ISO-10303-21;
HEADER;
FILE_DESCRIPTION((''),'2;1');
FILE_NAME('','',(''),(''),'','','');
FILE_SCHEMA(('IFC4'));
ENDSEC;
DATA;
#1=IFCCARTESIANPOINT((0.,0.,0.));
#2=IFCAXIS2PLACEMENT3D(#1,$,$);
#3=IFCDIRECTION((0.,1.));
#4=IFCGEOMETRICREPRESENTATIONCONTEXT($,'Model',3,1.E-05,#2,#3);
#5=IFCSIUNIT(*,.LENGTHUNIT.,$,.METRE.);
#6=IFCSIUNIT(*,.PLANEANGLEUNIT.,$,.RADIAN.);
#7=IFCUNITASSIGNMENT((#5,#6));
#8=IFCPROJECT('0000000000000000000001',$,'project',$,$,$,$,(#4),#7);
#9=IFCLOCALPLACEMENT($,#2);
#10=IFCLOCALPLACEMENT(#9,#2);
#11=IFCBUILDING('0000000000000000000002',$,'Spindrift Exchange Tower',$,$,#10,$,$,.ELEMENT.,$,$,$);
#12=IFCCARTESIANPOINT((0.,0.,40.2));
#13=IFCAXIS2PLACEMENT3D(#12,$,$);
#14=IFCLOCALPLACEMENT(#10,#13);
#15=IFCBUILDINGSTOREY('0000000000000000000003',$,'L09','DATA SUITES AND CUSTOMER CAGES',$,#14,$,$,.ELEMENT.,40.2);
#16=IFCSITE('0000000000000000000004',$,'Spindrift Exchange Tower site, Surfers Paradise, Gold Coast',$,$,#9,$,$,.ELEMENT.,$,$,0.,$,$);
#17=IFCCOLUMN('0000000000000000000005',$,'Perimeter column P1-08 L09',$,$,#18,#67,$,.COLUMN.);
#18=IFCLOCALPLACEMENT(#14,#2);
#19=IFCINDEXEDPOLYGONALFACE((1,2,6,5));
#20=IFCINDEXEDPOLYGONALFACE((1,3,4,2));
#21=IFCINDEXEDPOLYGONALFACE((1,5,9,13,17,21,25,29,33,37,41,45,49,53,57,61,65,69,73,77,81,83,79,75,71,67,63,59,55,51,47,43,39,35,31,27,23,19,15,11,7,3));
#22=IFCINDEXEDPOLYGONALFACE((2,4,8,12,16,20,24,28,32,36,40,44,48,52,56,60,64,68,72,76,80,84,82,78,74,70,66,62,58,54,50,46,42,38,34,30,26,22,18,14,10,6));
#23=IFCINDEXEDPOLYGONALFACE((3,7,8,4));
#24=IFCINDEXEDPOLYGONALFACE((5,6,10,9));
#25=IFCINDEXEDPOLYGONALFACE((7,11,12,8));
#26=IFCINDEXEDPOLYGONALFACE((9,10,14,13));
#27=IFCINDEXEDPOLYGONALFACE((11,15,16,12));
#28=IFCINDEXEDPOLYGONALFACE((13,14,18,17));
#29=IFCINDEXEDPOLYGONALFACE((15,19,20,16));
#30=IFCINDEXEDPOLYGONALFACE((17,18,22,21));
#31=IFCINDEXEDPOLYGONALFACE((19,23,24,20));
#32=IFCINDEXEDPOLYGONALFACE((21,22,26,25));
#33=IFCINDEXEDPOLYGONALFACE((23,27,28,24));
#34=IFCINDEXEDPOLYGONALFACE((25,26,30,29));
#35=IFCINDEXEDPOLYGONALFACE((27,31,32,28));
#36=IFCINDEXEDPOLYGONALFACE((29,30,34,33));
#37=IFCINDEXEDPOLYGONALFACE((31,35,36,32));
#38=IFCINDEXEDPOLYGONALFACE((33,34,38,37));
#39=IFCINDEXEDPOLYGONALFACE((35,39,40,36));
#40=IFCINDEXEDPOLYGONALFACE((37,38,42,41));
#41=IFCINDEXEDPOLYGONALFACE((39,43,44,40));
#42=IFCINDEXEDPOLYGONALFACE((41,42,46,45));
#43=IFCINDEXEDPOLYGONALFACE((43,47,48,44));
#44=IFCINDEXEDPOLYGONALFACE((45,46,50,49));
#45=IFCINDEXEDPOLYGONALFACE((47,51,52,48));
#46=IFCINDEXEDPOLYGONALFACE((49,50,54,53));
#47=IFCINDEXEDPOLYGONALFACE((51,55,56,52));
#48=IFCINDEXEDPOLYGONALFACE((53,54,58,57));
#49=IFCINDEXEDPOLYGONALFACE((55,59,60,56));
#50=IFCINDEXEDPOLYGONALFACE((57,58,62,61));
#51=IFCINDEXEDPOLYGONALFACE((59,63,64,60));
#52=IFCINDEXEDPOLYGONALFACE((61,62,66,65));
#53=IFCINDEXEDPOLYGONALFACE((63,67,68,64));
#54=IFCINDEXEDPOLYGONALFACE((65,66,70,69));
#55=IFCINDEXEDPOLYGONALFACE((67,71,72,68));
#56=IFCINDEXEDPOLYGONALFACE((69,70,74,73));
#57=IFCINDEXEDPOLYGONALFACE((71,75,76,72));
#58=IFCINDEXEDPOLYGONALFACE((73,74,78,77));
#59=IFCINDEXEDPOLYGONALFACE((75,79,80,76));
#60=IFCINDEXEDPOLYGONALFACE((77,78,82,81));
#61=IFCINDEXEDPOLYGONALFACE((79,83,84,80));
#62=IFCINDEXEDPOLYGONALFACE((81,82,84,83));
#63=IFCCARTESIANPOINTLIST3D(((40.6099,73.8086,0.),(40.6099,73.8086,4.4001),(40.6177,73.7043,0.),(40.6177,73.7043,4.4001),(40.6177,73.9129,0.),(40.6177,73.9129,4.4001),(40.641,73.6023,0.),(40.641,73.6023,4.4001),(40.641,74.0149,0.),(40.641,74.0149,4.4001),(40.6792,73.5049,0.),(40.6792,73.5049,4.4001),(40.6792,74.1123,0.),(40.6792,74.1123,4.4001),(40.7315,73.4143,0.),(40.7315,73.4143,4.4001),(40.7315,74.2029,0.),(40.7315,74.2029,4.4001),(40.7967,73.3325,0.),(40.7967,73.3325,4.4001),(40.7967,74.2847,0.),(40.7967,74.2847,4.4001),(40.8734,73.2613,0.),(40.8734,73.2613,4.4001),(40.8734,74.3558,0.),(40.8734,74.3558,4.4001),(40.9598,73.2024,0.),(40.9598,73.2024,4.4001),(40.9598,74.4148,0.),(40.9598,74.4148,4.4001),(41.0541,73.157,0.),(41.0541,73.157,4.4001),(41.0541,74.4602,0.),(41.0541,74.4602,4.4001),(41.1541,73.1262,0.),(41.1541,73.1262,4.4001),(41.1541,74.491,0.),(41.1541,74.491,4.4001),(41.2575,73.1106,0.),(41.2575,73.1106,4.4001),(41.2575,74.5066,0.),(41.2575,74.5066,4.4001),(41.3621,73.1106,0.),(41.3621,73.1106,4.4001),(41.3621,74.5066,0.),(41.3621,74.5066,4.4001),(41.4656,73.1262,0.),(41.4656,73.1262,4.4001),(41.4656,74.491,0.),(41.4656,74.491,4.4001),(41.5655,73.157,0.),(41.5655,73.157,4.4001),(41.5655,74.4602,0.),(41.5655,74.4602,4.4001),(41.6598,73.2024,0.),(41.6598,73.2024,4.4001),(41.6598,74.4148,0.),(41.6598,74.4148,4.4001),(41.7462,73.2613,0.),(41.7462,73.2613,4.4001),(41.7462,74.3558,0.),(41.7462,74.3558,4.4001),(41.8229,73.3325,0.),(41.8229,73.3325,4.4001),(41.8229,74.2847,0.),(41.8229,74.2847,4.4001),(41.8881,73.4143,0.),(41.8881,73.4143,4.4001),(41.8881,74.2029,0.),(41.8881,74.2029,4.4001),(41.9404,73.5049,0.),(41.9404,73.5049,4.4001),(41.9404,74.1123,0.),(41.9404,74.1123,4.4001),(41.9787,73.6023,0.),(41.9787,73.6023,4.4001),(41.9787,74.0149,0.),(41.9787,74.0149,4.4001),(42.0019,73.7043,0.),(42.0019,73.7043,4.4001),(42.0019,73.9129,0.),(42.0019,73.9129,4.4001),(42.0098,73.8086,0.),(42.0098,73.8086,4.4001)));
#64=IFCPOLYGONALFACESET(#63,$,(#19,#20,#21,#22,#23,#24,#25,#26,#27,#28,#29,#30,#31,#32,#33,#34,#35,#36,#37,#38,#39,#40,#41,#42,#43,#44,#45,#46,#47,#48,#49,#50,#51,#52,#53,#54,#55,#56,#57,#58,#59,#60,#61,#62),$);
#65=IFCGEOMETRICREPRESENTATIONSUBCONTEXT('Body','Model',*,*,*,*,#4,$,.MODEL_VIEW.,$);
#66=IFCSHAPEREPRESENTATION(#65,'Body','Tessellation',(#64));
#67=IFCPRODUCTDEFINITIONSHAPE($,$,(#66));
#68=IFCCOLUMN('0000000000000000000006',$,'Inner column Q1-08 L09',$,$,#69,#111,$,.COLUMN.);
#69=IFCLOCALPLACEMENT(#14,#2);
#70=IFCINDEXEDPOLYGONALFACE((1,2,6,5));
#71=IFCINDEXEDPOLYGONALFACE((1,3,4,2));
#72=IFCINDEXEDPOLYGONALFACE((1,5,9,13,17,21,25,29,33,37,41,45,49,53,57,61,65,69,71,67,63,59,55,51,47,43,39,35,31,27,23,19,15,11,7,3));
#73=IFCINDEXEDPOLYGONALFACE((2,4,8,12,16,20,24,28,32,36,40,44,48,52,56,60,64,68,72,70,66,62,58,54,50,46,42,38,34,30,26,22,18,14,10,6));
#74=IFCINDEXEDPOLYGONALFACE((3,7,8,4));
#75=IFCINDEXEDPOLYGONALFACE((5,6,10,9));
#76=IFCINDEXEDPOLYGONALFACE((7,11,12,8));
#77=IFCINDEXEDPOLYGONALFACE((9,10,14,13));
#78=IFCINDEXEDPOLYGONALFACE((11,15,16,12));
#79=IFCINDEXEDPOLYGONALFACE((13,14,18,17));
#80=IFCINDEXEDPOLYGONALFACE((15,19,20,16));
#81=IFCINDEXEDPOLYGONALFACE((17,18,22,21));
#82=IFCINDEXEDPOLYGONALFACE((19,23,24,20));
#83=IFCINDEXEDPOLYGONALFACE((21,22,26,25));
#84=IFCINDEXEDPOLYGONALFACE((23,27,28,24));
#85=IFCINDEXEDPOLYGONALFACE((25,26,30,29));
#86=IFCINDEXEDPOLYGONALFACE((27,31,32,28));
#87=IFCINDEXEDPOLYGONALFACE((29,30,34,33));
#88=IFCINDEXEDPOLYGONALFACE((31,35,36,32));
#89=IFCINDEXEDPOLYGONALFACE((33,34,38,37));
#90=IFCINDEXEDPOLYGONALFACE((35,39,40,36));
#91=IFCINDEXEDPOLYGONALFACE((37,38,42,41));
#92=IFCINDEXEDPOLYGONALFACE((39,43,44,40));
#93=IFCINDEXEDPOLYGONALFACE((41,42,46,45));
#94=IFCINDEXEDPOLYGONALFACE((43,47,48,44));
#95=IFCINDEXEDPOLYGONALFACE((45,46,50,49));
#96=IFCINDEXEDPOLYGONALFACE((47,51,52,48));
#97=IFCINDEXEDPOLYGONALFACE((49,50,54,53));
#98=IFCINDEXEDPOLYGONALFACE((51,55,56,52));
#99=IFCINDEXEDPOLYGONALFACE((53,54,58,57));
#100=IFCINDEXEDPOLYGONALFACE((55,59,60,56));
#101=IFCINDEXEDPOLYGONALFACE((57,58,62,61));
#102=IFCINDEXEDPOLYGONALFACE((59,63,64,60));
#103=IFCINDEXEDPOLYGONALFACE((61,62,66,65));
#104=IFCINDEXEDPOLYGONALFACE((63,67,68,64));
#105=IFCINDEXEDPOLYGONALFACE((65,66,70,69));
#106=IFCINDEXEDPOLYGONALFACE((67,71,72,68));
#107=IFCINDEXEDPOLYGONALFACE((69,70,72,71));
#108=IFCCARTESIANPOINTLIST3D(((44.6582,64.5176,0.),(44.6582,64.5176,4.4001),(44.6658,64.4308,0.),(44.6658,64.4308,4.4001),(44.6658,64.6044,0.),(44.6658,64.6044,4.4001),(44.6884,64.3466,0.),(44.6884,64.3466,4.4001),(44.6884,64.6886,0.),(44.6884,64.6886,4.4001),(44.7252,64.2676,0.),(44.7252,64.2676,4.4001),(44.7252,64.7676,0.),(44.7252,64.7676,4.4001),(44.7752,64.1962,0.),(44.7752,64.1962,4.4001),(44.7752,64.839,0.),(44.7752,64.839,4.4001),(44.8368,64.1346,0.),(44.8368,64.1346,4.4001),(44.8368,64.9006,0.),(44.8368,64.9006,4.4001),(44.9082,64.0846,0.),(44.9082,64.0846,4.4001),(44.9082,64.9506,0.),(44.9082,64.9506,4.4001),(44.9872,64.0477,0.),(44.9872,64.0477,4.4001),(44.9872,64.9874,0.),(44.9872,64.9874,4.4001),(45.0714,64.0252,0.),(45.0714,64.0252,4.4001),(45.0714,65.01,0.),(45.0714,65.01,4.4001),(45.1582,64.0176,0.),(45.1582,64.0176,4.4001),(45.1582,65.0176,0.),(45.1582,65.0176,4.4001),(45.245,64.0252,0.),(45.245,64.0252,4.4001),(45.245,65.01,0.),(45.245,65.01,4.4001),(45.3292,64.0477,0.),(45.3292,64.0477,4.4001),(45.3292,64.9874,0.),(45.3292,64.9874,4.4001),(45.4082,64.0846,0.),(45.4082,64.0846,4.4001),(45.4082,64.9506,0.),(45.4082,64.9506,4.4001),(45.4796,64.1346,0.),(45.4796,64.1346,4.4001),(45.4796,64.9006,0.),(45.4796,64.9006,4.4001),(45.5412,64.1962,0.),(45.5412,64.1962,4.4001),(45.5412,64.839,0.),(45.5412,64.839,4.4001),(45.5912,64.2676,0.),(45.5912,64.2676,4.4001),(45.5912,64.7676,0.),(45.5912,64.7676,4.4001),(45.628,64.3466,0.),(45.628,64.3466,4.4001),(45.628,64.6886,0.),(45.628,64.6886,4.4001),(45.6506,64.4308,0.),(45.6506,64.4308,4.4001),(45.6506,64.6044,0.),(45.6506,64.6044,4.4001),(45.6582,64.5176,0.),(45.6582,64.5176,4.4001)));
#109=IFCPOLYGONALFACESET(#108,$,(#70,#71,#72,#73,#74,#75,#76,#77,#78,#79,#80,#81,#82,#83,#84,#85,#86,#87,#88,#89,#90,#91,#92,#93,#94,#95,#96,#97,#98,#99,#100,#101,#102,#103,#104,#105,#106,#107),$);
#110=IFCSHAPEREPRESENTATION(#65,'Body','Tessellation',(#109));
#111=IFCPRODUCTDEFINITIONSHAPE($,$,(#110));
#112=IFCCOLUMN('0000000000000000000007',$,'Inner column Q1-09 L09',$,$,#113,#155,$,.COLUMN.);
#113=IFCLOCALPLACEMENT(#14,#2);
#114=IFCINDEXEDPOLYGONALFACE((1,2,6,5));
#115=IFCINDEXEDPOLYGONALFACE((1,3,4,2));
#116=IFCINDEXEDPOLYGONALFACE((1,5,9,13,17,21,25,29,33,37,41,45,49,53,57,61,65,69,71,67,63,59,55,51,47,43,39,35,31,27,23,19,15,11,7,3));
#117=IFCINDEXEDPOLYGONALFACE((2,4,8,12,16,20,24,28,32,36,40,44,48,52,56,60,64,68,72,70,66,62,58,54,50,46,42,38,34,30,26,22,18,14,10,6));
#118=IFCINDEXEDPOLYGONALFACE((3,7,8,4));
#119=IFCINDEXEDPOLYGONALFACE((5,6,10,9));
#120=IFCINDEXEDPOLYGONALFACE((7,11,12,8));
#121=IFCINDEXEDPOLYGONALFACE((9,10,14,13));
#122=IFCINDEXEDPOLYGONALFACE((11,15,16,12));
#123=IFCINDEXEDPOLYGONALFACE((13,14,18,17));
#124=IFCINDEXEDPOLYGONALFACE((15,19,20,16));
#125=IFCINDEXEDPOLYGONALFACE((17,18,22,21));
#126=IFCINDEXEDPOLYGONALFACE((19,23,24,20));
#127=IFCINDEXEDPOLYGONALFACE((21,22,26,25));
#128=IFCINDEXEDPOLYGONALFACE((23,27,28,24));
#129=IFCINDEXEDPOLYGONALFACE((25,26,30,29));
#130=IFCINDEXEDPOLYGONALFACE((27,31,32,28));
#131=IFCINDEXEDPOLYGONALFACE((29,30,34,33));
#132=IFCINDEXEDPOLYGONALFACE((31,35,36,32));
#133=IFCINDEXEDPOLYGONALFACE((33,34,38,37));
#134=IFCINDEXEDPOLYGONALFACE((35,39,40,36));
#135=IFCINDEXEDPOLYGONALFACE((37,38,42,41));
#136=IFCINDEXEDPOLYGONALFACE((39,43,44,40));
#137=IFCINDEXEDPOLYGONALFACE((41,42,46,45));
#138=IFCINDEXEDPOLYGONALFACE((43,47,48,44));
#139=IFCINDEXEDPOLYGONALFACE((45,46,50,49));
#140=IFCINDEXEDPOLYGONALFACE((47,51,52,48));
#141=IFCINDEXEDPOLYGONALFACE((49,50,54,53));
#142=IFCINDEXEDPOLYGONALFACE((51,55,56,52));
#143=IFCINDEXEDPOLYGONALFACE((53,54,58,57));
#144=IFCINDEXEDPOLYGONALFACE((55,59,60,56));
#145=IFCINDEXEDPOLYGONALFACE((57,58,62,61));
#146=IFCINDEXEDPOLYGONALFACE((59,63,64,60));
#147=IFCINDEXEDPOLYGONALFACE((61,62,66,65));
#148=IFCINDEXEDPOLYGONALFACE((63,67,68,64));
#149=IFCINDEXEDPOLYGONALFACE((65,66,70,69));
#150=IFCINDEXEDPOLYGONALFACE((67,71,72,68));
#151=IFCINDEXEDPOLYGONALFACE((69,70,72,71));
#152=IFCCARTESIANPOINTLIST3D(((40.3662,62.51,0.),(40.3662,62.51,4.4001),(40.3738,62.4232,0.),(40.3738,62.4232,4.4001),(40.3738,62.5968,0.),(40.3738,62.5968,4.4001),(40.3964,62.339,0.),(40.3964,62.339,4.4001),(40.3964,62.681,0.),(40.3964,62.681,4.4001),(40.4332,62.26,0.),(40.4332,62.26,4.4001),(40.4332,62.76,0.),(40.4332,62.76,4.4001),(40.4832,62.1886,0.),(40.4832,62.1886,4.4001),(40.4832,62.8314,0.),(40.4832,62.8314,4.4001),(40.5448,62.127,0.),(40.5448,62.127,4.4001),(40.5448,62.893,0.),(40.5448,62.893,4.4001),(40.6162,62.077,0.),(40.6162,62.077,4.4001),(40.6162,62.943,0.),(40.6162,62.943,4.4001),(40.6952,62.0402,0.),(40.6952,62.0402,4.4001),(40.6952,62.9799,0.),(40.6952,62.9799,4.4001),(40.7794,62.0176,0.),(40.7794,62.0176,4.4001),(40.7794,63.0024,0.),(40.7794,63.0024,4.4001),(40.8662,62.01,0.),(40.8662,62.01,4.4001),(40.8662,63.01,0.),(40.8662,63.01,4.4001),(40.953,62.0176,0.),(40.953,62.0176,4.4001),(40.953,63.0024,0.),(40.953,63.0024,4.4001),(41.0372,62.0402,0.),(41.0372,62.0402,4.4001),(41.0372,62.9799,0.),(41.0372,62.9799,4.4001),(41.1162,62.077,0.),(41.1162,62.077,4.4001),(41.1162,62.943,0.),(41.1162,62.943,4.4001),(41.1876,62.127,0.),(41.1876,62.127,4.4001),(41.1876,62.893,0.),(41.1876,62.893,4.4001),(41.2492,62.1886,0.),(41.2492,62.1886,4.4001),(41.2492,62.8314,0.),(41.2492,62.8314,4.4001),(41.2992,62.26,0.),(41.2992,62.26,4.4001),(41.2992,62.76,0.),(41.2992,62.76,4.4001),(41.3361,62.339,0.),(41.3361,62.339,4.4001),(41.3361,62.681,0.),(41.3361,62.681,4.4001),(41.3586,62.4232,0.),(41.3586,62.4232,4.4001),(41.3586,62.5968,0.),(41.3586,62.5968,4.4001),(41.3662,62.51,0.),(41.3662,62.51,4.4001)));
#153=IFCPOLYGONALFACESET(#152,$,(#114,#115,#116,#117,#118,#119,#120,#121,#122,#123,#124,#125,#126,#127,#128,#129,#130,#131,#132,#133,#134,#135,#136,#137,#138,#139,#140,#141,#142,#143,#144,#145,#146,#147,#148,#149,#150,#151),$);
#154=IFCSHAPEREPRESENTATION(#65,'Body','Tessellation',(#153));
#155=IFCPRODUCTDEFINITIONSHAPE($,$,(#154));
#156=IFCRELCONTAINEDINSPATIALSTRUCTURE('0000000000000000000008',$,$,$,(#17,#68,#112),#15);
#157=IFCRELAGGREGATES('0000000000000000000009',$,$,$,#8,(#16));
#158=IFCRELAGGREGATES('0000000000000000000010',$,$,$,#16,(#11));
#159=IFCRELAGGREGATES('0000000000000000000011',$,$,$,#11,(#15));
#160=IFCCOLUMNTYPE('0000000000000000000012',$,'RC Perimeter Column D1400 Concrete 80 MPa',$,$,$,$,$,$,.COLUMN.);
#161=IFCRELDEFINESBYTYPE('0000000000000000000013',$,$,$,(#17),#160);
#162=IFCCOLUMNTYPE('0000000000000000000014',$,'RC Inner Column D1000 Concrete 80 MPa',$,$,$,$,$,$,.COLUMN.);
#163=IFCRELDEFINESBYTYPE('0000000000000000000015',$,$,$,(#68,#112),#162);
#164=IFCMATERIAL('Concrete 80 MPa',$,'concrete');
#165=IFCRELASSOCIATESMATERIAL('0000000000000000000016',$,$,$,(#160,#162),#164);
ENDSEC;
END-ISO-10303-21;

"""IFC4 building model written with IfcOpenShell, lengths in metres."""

from ifc_helpers import new_model, si_unit, direction, frame, origin, origin_2d, place, context, subcontext, project, spatial, circle, extrude, source, transform, mapped, material, material_profile, profile_set, type_object, element, save


model = new_model("IFC4")

# Units and contexts
model_context = context("Model", 3, precision=1e-05, world=origin(), true_north=direction((0.0, 1.0)))
body_context = subcontext(model_context, "Body", "Model", "MODEL_VIEW")
ifc_project = project(units=[si_unit("LENGTHUNIT", "METRE"), si_unit("PLANEANGLEUNIT", "RADIAN")], contexts=[model_context])

# Site, building, storey
site_placement = place(None, origin())
site = spatial("IfcSite", under=ifc_project, at=site_placement, Name="Spindrift Exchange Tower site, Surfers Paradise, Gold Coast", CompositionType="ELEMENT", RefElevation=0.0)
building_placement = place(site_placement, origin())
building = spatial("IfcBuilding", under=site, at=building_placement, Name="Spindrift Exchange Tower", CompositionType="ELEMENT")
storey_placement = place(building_placement, frame((0.0, 0.0, 40.2)))
storey = spatial("IfcBuildingStorey", under=building, at=storey_placement, Name="L09", Description="DATA SUITES AND CUSTOMER CAGES", CompositionType="ELEMENT", Elevation=40.2)

# Columns
ifc_material_1 = material(Name="Concrete 80 MPa", Category="concrete")
ifc_material_profile_1 = material_profile(ifc_material_1, circle(Radius=0.7, at=origin_2d()), Name="RC D1400")
ifc_profile_set_1 = profile_set([ifc_material_profile_1], Name="Concrete 80 MPa")
column_type_1 = type_object("IfcColumnType", Name="RC Perimeter Column D1400 Concrete 80 MPa", PredefinedType="COLUMN", material=ifc_profile_set_1)
shared_shape_1 = source(origin(), body_context, "Body", "SweptSolid", [
    extrude(circle(Radius=0.7, at=origin_2d()), origin(), (0.0, 0.0, 1.0), 4.4001),
])
column_placement = place(storey_placement, frame((41.3098, 73.8086, 0.0), z_axis=(0.0, 0.0, 1.0), x_axis=(1.0, 0.0, 0.0)))
element("IfcColumn", 1, at=column_placement, inside=storey, type_object=column_type_1, Name="Perimeter column P1-08 L09", PredefinedType="COLUMN", context=body_context, shape_type="MappedRepresentation", body=[
    mapped(shared_shape_1, transform((0.0, 0.0, 0.0), scale=1.0)),
])
ifc_material_profile_2 = material_profile(ifc_material_1, circle(Radius=0.5, at=origin_2d()), Name="RC D1000")
ifc_profile_set_2 = profile_set([ifc_material_profile_2], Name="Concrete 80 MPa")
column_type_2 = type_object("IfcColumnType", Name="RC Inner Column D1000 Concrete 80 MPa", PredefinedType="COLUMN", material=ifc_profile_set_2)
shared_shape_2 = source(origin(), body_context, "Body", "SweptSolid", [
    extrude(circle(Radius=0.5, at=origin_2d()), origin(), (0.0, 0.0, 1.0), 4.4001),
])
for number, where, z_axis, x_axis, name in (
    (2, (45.1582, 64.5176, 0.0), (0.0, 0.0, 1.0), (1.0, 0.0, 0.0), "Inner column Q1-08 L09"),
    (3, (40.8662, 62.51, 0.0), (0.0, 0.0, 1.0), (1.0, 0.0, 0.0), "Inner column Q1-09 L09"),
):
    element("IfcColumn", number, at=place(storey_placement, frame(where, z_axis=z_axis, x_axis=x_axis)), inside=storey, type_object=column_type_2, Name=name, PredefinedType="COLUMN", context=body_context, shape_type="MappedRepresentation", body=[
        mapped(shared_shape_2, transform((0.0, 0.0, 0.0), scale=1.0)),
    ])

save(model, "model.ifc")
